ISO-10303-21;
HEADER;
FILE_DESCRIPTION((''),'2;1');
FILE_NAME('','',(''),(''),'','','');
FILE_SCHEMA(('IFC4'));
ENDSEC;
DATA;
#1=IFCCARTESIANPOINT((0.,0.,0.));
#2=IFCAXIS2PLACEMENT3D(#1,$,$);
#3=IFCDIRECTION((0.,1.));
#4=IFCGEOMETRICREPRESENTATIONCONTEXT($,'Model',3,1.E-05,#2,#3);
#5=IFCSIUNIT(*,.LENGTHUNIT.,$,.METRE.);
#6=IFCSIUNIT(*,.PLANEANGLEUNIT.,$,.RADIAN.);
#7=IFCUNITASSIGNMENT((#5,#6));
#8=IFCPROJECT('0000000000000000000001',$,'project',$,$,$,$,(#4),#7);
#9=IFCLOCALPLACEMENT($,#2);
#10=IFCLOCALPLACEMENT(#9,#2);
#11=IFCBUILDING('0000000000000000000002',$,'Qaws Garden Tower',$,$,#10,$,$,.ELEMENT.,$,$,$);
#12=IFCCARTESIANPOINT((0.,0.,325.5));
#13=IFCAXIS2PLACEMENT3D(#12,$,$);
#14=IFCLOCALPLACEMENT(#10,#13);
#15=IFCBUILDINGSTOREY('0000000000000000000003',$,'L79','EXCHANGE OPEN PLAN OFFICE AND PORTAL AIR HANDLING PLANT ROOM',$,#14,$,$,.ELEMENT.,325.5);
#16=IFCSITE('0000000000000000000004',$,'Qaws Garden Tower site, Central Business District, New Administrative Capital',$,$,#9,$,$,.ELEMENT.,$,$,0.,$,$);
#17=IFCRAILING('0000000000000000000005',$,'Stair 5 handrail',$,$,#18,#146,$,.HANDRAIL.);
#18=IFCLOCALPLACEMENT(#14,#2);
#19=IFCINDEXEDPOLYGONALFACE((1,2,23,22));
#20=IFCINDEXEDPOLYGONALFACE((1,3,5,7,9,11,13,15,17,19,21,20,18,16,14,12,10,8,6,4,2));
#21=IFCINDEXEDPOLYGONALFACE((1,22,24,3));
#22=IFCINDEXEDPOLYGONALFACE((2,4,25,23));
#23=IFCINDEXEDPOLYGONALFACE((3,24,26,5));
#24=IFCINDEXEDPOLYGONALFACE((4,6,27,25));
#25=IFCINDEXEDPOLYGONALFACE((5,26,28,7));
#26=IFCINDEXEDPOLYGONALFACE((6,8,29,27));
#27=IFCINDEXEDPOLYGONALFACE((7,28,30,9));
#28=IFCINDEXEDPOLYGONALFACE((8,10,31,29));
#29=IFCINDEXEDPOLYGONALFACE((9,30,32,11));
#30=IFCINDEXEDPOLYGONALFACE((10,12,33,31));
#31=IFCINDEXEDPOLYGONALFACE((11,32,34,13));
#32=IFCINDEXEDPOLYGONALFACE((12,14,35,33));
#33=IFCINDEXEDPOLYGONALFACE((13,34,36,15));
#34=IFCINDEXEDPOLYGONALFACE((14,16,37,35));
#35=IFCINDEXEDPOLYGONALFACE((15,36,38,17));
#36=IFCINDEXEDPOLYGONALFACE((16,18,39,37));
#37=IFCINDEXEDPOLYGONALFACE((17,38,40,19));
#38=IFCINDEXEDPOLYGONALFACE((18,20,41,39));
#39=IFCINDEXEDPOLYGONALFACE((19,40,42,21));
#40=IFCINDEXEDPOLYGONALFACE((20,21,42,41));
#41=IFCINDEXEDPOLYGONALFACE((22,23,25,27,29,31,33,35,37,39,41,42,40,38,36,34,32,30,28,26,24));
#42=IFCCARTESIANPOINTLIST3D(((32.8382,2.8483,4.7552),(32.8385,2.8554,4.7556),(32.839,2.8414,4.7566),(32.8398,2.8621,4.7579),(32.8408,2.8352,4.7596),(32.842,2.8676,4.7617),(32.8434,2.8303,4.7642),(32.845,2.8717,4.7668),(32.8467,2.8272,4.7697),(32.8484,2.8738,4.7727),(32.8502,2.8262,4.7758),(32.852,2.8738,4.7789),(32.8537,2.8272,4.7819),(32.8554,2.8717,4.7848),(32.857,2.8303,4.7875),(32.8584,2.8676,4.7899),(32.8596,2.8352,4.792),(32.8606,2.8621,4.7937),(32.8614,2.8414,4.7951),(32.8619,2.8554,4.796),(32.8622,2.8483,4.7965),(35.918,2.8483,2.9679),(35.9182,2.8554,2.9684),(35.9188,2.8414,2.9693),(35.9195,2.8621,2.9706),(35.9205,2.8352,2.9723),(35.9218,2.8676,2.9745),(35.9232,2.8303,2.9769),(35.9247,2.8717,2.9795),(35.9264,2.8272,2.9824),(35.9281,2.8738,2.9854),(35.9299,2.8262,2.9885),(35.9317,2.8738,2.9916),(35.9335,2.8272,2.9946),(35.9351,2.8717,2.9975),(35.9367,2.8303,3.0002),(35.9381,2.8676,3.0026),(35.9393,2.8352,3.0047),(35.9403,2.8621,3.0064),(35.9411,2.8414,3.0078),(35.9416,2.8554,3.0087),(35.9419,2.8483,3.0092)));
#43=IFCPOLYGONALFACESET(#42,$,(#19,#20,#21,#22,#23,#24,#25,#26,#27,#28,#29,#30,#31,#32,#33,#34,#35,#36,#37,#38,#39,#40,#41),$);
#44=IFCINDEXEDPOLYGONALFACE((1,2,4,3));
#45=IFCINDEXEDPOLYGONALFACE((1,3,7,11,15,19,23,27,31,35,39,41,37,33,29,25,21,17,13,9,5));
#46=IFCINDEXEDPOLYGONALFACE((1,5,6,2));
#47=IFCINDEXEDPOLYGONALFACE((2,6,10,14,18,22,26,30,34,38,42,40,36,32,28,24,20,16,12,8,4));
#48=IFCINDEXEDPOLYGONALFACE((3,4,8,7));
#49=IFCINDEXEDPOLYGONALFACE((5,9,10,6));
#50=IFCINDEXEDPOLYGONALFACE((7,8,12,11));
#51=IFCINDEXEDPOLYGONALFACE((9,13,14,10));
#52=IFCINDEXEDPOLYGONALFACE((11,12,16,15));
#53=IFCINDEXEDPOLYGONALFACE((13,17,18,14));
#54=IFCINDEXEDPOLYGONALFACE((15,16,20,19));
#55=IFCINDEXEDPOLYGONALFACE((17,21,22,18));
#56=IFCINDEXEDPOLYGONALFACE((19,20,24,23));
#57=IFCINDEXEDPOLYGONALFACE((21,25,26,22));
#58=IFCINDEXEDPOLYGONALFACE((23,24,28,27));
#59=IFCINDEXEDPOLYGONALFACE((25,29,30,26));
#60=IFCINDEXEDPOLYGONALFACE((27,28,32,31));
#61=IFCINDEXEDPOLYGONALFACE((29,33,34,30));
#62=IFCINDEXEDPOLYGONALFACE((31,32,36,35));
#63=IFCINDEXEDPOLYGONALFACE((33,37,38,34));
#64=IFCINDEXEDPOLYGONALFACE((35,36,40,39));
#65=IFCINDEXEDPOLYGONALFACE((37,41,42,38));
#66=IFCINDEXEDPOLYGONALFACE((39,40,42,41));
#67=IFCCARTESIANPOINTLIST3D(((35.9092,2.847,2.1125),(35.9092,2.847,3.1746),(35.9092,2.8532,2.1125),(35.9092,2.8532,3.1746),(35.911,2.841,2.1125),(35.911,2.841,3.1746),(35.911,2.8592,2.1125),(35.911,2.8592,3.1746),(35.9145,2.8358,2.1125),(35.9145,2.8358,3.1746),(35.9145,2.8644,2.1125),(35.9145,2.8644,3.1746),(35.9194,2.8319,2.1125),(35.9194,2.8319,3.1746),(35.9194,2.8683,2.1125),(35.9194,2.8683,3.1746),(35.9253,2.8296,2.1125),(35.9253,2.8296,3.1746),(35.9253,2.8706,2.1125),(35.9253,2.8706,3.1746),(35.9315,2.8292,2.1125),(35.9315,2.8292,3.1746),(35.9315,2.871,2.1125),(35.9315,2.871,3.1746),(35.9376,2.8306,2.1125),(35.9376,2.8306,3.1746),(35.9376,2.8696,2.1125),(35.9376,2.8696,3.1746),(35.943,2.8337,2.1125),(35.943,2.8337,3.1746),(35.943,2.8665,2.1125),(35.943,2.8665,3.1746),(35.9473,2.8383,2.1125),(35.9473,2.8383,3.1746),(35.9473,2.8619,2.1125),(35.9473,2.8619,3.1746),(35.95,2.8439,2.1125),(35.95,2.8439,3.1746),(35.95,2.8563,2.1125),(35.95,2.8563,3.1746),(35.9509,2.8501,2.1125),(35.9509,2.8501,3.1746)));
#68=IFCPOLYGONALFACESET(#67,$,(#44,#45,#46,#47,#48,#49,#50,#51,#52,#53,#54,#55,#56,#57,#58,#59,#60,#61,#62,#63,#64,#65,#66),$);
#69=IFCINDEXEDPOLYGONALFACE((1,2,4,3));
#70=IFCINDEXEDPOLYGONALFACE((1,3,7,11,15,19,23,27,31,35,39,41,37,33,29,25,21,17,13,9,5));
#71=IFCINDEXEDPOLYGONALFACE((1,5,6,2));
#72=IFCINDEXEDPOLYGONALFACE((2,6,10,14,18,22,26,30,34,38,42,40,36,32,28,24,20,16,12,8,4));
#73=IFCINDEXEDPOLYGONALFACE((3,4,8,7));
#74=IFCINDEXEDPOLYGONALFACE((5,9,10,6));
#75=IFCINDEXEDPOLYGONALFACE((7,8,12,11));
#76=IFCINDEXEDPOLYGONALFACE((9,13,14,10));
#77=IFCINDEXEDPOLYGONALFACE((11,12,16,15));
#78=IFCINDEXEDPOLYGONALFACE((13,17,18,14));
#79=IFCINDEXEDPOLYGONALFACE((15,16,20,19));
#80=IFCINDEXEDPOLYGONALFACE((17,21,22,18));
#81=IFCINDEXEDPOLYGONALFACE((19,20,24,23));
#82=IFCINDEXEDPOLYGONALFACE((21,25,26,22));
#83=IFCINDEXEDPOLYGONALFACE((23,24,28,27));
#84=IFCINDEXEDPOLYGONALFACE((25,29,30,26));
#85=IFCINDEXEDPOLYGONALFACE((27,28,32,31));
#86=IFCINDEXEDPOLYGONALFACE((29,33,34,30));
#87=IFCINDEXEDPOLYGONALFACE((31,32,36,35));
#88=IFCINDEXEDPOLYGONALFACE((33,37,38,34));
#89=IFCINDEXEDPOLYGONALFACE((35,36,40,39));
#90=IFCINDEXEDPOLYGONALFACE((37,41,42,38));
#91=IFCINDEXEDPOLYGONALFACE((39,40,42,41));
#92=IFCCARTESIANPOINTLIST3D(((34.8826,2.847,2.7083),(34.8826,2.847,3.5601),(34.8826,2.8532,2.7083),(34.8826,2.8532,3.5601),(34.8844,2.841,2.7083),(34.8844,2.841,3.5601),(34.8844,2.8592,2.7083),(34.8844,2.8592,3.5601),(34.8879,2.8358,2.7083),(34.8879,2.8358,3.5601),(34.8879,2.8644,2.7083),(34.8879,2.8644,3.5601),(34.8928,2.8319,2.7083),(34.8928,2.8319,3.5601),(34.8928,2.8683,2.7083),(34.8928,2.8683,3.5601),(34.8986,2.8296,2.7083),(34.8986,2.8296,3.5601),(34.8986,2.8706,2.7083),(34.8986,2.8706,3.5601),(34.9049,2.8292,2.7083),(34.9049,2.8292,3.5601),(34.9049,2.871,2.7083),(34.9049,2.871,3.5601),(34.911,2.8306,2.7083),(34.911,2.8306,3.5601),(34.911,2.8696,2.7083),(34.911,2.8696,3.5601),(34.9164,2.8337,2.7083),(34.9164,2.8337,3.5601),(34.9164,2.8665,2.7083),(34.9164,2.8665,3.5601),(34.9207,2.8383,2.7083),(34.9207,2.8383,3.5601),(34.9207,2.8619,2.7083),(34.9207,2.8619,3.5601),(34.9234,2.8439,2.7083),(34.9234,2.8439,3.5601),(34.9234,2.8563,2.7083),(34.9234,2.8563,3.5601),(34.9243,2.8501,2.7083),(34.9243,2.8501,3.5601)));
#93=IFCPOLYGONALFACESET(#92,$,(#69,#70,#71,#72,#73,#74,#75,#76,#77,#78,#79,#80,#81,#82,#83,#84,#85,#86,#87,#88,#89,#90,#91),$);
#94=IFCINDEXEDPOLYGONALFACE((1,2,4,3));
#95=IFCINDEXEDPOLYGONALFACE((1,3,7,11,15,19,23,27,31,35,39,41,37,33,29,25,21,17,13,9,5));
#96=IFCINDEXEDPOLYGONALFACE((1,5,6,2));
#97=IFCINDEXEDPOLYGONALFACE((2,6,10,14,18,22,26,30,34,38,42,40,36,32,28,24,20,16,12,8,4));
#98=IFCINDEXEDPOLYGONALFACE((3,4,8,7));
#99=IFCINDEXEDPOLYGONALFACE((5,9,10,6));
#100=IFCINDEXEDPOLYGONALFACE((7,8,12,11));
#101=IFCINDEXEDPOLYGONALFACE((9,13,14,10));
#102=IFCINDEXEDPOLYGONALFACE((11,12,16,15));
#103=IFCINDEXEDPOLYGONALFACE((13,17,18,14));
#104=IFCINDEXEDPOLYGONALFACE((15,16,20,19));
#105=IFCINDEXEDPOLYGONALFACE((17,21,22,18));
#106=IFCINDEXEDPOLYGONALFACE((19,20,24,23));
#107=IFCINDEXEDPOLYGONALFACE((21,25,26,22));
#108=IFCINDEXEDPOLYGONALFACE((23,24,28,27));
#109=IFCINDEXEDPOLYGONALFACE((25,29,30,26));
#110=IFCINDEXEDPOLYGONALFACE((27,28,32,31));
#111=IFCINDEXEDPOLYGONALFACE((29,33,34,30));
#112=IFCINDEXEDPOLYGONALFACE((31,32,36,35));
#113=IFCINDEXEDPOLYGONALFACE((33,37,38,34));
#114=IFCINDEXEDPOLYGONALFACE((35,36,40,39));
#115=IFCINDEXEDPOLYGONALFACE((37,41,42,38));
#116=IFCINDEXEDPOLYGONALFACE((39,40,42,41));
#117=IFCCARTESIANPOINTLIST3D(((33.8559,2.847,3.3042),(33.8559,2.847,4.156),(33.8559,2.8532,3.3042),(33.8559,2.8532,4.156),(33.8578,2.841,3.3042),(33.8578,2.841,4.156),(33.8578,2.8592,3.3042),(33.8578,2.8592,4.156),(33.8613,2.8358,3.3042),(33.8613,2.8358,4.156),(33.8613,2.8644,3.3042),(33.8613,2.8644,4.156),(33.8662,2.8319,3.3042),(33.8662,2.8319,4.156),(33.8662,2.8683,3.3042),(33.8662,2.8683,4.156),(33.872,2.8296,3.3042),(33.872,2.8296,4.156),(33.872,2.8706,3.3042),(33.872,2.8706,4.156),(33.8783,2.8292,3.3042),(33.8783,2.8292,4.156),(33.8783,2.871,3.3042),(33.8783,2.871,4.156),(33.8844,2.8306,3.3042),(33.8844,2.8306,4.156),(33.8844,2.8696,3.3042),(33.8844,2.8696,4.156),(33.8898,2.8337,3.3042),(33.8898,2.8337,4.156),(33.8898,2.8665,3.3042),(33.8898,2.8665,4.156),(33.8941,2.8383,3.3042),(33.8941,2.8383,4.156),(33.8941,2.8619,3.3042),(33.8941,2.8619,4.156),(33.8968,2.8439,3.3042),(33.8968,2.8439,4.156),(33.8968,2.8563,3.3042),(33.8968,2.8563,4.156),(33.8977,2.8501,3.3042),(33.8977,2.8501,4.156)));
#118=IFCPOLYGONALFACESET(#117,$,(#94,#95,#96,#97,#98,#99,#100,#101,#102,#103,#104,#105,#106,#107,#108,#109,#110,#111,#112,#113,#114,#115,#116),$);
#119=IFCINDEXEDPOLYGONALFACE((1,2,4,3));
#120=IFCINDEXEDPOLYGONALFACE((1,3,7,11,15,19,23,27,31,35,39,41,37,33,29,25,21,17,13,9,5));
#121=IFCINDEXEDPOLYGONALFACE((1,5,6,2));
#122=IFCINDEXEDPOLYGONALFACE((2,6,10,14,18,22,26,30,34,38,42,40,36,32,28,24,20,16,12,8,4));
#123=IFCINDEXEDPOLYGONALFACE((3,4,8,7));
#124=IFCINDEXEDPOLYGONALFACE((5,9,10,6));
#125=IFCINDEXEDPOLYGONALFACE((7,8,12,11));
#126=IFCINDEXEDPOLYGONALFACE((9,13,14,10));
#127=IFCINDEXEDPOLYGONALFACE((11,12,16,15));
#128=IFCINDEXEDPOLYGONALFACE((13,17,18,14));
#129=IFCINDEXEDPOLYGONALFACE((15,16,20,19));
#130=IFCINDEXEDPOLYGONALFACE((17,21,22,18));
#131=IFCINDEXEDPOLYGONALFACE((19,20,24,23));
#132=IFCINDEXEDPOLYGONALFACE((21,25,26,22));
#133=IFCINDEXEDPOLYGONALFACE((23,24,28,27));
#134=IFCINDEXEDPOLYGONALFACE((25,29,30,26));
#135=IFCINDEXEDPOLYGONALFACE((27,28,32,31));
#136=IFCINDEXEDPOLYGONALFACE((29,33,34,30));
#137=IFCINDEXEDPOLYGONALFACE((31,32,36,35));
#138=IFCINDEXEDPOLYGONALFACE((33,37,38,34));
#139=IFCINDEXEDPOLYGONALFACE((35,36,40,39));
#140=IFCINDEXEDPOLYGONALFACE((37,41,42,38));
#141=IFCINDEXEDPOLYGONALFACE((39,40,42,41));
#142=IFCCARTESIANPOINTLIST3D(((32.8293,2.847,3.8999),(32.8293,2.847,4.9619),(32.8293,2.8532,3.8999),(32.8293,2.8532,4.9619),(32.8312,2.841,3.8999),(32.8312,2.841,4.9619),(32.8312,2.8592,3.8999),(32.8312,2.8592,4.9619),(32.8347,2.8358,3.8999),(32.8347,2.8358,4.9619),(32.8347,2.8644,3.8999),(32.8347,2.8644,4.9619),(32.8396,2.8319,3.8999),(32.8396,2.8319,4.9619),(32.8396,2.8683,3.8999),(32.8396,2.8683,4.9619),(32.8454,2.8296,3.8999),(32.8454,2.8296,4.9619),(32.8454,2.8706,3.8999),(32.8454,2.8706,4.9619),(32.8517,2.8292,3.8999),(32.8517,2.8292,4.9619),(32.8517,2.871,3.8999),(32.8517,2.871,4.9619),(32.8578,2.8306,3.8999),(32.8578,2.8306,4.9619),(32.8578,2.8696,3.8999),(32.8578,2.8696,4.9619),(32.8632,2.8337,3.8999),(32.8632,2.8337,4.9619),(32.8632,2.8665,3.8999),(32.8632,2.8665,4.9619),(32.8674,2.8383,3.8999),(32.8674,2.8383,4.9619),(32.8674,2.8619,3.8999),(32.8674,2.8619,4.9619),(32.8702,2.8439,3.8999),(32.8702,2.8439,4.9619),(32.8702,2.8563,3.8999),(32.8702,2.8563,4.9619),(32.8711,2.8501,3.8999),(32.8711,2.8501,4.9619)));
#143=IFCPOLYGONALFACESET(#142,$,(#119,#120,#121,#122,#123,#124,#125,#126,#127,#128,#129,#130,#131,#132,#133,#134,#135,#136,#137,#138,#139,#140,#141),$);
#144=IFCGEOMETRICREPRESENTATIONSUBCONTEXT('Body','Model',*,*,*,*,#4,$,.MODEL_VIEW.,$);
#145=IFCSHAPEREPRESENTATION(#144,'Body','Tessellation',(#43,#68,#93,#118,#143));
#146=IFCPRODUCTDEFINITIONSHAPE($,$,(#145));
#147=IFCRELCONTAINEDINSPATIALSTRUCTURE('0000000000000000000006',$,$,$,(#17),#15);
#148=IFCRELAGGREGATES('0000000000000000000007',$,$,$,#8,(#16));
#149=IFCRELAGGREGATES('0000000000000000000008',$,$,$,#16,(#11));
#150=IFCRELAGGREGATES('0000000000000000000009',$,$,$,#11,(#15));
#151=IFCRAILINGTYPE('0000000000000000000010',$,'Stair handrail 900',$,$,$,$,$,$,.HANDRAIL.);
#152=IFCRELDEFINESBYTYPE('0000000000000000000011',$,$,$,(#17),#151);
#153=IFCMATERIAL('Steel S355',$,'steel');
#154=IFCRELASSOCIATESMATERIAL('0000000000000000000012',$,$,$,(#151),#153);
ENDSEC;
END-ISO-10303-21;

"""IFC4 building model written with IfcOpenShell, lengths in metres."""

from ifc_helpers import new_model, si_unit, direction, frame, origin, origin_2d, place, context, subcontext, project, spatial, circle, extrude, material, type_object, element, save


model = new_model("IFC4")

# Units and contexts
model_context = context("Model", 3, precision=1e-05, world=origin(), true_north=direction((0.0, 1.0)))
body_context = subcontext(model_context, "Body", "Model", "MODEL_VIEW")
ifc_project = project(units=[si_unit("LENGTHUNIT", "METRE"), si_unit("PLANEANGLEUNIT", "RADIAN")], contexts=[model_context])

# Site, building, storey
site_placement = place(None, origin())
site = spatial("IfcSite", under=ifc_project, at=site_placement, Name="Qaws Garden Tower site, Central Business District, New Administrative Capital", CompositionType="ELEMENT", RefElevation=0.0)
building_placement = place(site_placement, origin())
building = spatial("IfcBuilding", under=site, at=building_placement, Name="Qaws Garden Tower", CompositionType="ELEMENT")
storey_placement = place(building_placement, frame((0.0, 0.0, 325.5)))
storey = spatial("IfcBuildingStorey", under=building, at=storey_placement, Name="L79", Description="EXCHANGE OPEN PLAN OFFICE AND PORTAL AIR HANDLING PLANT ROOM", CompositionType="ELEMENT", Elevation=325.5)

# Railing
ifc_material_1 = material(Name="Steel S355", Category="steel")
railing_type = type_object("IfcRailingType", Name="Stair handrail 900", PredefinedType="HANDRAIL", material=ifc_material_1)
railing_1_placement = place(storey_placement, frame((35.9299, 2.8501, 2.1125)))
element("IfcRailing", 1, at=railing_1_placement, inside=storey, type_object=railing_type, Name="Stair 5 handrail", PredefinedType="HANDRAIL", context=body_context, shape_type="SweptSolid", body=[
    extrude(circle(Radius=0.0239, at=origin_2d()), frame((0.0, 0.0, 0.876), z_axis=(-0.864903, 0.0, 0.501939), x_axis=(0.0, -1.0, 0.0)), (0.0, 0.0, 1.0), 3.5608),
    extrude(circle(Radius=0.021, at=origin_2d()), origin(), (0.0, 0.0, 1.0), 1.062),
    extrude(circle(Radius=0.021, at=origin_2d()), frame((-1.0266, 0.0, 0.5957)), (0.0, 0.0, 1.0), 0.8518),
    extrude(circle(Radius=0.021, at=origin_2d()), frame((-2.0532, 0.0, 1.1917)), (0.0, 0.0, 1.0), 0.8518),
    extrude(circle(Radius=0.021, at=origin_2d()), frame((-3.0798, 0.0, 1.7874)), (0.0, 0.0, 1.0), 1.062),
])

save(model, "model.ifc")
